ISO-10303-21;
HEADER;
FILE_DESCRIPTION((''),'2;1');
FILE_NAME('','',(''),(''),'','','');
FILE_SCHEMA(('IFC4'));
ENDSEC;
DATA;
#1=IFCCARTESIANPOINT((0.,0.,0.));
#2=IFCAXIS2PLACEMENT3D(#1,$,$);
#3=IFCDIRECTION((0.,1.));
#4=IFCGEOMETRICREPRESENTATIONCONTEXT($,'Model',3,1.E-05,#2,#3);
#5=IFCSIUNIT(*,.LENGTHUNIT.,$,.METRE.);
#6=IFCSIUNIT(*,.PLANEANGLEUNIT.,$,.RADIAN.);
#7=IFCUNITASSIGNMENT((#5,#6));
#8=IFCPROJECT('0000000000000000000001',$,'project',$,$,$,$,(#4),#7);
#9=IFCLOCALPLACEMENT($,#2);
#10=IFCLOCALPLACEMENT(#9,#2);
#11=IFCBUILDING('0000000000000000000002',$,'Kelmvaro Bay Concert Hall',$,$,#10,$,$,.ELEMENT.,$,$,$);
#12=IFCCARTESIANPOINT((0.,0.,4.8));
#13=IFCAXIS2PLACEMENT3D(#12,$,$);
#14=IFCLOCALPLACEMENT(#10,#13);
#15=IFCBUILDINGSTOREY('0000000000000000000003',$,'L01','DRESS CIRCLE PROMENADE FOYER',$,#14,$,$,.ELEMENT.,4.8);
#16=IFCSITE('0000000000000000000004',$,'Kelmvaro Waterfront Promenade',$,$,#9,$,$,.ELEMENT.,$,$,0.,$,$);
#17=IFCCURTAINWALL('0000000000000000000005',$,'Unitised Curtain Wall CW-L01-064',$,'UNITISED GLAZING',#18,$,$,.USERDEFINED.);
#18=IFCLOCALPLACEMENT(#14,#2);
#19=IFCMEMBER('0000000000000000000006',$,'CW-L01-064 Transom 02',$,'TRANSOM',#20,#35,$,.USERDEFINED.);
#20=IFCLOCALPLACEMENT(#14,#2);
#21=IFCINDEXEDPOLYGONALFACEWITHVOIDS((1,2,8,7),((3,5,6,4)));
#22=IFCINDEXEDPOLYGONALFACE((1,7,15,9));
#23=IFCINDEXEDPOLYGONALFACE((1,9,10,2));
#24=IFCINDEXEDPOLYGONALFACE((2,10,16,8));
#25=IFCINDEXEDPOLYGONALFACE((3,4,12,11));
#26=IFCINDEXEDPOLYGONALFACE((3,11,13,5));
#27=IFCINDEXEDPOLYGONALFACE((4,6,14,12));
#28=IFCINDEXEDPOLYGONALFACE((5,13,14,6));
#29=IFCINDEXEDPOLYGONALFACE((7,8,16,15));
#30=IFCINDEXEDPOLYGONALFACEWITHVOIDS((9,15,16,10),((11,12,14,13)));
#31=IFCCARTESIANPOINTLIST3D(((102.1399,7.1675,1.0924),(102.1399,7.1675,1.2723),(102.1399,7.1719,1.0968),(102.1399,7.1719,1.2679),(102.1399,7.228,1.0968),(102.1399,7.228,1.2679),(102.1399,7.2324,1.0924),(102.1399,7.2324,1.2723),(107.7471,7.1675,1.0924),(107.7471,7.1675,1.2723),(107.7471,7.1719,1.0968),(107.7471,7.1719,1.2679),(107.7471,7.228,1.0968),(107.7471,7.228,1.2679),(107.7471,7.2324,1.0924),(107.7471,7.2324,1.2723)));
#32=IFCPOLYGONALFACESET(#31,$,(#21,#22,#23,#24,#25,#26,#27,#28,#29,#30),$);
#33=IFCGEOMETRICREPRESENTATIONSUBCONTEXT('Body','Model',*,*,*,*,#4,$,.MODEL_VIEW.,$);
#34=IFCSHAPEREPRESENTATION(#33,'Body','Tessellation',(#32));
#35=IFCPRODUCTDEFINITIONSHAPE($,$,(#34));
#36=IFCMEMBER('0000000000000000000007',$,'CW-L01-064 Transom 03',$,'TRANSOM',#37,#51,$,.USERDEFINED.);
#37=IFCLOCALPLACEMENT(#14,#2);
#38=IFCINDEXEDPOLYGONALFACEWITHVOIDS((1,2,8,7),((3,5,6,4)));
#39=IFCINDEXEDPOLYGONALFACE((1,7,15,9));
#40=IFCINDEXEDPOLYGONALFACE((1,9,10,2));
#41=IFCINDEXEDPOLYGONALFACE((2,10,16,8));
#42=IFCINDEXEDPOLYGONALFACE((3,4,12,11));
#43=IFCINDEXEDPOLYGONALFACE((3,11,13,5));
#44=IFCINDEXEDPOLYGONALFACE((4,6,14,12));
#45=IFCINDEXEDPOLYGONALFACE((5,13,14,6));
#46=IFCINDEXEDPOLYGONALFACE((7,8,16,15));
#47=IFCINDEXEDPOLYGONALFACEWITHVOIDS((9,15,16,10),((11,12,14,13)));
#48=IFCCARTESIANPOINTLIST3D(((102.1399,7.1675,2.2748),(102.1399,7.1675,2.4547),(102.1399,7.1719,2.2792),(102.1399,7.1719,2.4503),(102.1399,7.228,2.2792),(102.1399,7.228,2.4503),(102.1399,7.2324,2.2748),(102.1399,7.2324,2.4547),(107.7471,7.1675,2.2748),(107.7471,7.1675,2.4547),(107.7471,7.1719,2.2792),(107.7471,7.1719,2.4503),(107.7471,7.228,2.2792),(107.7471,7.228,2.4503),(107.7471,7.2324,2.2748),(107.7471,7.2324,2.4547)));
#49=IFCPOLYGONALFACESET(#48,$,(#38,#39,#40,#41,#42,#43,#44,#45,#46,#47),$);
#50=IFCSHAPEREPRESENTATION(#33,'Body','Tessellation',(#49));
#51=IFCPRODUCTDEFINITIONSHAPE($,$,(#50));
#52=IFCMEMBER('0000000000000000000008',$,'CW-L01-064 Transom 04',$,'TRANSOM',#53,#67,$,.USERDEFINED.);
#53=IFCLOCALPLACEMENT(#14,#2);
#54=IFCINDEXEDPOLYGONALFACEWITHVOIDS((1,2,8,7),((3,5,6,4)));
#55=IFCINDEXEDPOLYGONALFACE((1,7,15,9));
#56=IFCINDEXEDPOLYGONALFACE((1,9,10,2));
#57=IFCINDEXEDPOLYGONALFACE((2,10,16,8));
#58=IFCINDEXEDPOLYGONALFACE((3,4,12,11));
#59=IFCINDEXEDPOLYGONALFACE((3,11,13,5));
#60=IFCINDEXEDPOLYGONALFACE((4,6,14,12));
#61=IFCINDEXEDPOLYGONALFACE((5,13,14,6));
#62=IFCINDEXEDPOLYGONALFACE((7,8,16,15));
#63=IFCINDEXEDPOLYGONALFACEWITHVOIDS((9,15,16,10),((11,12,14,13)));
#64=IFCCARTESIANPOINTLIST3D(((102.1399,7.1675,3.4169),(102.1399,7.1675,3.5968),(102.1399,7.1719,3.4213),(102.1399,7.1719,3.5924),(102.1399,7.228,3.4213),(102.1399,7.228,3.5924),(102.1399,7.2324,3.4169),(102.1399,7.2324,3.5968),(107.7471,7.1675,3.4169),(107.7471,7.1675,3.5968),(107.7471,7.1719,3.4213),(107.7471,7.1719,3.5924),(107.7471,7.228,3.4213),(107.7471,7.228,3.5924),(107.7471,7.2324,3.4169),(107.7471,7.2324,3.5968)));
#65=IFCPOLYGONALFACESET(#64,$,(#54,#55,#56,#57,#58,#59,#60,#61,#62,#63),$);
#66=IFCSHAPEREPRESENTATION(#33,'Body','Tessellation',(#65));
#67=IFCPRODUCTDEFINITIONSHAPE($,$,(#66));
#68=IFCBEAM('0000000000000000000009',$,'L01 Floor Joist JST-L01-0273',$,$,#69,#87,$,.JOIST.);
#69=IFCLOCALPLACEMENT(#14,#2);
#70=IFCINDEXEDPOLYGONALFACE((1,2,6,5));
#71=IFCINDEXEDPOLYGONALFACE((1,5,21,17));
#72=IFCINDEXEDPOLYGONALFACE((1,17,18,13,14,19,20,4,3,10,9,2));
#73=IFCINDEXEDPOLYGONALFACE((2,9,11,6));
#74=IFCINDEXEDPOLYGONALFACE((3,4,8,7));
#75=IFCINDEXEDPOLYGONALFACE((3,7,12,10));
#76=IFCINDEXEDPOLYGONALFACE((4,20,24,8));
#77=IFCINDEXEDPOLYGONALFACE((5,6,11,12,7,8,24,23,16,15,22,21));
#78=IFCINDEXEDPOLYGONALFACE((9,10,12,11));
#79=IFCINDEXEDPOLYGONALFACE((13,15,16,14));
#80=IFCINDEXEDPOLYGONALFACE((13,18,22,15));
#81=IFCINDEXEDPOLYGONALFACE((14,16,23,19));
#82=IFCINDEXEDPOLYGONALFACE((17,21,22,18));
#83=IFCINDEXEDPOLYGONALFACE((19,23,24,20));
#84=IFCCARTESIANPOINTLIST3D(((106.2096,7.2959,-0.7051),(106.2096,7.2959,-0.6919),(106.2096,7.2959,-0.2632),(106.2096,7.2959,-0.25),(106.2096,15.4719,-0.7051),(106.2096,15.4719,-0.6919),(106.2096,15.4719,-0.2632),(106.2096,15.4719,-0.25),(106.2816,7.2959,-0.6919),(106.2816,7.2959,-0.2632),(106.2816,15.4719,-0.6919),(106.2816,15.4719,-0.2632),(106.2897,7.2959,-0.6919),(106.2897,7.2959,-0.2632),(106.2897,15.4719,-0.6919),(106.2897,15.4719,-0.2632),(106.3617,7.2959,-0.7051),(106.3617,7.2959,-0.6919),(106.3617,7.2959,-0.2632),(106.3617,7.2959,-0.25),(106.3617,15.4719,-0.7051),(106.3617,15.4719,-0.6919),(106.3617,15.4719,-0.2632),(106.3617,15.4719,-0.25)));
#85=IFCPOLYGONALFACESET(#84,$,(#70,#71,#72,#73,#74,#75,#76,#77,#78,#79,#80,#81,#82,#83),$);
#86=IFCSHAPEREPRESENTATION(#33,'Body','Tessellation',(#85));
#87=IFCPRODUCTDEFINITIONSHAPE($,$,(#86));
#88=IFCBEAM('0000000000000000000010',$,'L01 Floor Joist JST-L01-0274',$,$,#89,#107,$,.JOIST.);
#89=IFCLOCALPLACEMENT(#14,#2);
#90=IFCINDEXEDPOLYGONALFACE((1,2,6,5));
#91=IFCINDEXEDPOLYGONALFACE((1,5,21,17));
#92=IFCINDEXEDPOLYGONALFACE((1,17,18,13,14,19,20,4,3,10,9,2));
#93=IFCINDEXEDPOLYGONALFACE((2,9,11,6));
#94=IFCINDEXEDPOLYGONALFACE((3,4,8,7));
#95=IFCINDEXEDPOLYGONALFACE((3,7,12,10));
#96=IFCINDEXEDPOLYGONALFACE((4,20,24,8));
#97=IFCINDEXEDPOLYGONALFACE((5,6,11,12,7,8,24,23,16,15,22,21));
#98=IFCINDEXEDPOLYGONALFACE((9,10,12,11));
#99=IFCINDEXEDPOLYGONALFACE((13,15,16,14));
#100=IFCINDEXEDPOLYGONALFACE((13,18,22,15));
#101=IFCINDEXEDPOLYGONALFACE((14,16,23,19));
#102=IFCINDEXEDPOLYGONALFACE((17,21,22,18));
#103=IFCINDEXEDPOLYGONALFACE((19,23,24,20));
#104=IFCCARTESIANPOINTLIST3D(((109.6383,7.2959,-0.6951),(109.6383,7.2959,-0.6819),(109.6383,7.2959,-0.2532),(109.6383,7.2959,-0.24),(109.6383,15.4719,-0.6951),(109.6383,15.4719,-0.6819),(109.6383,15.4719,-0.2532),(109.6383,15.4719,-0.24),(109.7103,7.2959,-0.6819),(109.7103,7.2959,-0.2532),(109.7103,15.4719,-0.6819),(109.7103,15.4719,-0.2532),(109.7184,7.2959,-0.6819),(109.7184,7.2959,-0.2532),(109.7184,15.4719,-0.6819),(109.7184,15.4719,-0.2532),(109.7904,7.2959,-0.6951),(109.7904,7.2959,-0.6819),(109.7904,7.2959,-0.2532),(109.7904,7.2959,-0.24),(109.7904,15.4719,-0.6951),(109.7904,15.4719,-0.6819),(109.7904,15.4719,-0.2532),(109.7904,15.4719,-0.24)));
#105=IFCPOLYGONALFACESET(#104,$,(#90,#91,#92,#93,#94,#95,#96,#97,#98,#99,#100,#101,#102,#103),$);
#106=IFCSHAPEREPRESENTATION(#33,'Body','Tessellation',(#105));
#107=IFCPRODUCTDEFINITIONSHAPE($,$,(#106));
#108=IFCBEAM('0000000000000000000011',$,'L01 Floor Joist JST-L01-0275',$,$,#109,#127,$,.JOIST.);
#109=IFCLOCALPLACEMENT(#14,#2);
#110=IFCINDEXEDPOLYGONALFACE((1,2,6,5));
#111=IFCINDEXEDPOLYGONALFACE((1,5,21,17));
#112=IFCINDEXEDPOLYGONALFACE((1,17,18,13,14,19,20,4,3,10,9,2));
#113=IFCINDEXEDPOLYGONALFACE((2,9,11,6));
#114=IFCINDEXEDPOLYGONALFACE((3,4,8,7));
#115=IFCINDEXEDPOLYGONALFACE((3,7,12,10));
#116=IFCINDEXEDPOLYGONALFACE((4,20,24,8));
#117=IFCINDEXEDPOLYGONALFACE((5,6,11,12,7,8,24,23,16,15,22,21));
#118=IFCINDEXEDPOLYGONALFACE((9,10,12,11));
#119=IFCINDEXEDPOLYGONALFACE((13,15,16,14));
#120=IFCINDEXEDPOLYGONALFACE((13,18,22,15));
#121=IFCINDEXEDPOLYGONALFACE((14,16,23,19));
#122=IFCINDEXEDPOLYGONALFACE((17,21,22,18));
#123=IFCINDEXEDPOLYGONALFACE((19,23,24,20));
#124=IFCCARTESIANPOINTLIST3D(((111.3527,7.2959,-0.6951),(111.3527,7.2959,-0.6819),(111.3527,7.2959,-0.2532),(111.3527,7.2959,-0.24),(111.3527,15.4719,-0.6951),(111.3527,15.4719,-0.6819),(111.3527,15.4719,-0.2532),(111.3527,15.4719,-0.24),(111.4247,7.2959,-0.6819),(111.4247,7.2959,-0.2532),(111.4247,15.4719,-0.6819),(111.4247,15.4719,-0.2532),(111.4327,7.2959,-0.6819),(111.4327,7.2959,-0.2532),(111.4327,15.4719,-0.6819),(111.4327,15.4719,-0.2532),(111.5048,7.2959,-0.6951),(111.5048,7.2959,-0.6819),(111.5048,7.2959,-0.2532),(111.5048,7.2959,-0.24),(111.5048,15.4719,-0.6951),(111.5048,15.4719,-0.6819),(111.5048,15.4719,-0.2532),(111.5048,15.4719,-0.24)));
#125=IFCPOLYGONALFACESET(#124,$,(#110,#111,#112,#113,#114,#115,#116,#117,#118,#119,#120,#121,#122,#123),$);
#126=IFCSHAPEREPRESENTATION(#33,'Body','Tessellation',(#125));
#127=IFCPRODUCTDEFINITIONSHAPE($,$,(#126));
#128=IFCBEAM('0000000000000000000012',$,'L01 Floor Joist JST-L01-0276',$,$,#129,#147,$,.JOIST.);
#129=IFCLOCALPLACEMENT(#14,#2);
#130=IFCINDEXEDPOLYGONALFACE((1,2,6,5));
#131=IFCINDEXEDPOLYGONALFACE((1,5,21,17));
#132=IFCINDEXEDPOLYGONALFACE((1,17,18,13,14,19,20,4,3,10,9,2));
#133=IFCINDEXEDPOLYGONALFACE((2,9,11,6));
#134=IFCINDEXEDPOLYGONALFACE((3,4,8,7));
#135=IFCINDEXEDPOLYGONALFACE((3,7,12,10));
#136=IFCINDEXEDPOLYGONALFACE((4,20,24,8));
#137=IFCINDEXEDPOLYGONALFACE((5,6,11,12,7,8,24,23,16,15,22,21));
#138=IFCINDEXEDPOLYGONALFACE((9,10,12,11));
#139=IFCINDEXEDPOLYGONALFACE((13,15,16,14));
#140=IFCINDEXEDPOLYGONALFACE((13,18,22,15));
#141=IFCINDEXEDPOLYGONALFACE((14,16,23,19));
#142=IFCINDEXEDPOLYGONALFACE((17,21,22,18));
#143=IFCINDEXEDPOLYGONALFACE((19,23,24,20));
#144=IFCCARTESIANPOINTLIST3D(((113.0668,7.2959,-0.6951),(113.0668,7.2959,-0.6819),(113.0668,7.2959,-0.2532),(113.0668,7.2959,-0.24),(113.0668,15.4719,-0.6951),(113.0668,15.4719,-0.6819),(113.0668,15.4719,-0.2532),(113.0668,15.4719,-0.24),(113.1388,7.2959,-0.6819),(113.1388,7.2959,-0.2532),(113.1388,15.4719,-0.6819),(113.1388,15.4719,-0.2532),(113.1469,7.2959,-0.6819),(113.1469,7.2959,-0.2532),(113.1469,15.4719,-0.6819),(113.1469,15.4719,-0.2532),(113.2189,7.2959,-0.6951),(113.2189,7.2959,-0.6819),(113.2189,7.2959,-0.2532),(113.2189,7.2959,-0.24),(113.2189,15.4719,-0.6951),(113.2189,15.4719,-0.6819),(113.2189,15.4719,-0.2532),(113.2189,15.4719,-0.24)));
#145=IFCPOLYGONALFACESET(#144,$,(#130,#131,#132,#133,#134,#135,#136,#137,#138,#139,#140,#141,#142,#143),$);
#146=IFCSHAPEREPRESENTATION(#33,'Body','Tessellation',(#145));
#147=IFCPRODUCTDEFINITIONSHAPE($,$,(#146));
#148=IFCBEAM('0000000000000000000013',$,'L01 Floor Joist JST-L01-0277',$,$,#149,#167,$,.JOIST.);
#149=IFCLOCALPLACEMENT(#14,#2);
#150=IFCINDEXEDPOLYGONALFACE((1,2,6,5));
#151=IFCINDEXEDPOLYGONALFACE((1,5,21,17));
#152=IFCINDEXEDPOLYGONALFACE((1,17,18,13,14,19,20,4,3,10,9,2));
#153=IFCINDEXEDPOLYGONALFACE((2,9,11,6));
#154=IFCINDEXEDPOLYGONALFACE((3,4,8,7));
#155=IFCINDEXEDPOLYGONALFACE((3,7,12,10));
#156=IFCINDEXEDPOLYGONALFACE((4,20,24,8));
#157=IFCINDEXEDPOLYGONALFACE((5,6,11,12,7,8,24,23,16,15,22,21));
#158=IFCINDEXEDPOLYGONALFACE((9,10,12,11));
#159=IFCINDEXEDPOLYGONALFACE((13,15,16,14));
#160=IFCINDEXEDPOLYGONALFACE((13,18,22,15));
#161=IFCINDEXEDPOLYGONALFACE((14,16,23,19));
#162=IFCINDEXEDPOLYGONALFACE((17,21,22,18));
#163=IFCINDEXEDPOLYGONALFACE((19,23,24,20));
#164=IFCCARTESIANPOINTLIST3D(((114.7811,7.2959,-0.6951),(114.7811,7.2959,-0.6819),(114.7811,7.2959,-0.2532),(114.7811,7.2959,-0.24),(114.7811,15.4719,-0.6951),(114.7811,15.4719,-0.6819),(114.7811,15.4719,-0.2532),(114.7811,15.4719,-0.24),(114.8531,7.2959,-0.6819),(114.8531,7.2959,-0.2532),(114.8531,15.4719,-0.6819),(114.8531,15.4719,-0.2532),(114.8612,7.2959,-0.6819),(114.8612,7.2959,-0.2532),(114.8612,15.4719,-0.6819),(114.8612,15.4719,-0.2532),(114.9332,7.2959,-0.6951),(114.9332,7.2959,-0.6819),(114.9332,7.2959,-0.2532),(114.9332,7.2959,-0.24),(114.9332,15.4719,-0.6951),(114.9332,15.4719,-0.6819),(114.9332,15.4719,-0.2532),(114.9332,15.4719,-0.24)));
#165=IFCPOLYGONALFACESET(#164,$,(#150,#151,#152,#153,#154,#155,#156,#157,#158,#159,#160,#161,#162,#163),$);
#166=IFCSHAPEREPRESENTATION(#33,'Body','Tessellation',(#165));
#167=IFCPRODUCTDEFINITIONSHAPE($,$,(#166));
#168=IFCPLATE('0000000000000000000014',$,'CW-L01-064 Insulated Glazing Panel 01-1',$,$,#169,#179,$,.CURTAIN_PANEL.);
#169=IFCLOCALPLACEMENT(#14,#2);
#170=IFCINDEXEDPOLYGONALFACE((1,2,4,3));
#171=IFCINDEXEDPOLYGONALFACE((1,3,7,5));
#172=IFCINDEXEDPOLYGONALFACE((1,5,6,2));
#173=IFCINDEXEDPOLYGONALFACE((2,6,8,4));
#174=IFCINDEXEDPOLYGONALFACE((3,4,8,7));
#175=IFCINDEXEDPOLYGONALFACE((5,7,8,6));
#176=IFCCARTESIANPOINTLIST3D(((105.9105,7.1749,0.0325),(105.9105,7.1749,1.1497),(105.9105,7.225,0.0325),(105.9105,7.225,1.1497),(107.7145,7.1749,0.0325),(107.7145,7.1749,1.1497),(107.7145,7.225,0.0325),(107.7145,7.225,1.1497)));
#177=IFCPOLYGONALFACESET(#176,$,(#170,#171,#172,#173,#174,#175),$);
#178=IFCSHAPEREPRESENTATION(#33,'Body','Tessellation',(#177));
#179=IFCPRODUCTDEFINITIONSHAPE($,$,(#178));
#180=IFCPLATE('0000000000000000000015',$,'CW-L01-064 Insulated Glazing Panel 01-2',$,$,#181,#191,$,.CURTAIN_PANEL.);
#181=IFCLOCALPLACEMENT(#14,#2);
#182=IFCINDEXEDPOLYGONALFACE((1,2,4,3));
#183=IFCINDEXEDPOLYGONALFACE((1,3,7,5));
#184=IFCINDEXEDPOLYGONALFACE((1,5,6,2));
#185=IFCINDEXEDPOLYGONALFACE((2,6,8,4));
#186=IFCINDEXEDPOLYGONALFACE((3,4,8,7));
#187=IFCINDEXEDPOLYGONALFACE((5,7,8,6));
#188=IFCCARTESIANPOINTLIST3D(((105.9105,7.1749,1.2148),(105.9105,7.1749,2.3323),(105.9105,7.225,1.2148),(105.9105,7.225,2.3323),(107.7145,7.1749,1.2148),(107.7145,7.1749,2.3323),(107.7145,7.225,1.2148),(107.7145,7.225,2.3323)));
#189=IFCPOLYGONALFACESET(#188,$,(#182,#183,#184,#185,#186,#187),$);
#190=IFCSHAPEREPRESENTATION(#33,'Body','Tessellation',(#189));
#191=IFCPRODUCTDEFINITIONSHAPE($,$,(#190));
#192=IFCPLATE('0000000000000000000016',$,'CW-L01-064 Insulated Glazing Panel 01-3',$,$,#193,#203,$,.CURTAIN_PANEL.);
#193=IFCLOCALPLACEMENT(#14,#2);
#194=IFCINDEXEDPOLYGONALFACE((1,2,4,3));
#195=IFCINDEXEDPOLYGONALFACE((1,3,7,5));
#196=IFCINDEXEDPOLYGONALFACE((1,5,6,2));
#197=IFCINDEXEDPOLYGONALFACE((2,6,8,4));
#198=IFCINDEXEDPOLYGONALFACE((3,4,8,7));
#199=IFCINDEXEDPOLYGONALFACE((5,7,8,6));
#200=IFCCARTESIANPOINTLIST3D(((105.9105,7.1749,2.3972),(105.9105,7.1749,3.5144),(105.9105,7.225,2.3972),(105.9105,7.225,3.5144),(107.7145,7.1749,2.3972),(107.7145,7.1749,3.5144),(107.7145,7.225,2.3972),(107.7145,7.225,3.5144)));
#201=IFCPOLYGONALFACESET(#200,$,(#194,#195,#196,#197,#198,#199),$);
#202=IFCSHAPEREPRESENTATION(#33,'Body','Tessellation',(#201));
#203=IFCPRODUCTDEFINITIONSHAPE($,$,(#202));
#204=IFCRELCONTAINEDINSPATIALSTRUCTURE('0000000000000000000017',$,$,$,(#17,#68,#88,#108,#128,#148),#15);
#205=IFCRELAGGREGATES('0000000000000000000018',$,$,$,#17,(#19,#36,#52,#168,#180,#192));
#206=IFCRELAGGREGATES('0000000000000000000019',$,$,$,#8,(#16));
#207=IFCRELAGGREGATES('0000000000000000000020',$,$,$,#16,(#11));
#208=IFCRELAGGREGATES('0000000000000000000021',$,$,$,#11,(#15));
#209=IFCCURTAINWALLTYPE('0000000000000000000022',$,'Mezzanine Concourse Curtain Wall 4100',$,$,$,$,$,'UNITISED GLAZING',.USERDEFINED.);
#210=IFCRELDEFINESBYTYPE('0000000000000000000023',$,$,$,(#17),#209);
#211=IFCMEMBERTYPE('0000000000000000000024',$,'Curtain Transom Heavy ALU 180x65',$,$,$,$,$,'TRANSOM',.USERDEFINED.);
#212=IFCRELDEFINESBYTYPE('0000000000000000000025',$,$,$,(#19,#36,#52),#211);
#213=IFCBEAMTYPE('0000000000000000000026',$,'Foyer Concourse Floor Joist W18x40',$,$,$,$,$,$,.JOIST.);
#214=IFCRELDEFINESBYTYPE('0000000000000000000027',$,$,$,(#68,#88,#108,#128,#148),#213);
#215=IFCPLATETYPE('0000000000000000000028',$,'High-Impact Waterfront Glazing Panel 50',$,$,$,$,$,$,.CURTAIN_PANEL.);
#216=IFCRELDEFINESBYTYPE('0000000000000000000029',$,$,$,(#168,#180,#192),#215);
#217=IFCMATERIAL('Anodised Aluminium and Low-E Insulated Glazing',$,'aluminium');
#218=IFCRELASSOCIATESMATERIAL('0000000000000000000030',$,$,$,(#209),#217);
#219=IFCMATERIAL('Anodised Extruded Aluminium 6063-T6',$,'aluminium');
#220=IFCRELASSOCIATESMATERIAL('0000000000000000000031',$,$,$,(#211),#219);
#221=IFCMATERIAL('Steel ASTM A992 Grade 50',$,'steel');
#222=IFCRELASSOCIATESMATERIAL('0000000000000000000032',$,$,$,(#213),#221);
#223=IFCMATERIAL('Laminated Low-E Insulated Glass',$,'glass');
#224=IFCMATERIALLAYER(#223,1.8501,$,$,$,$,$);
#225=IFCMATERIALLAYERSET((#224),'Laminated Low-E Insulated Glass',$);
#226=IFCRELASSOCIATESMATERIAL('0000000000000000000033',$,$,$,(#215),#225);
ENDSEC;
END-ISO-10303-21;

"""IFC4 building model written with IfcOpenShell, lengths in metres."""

from ifc_helpers import new_model, si_unit, direction, frame, origin, origin_2d, place, context, subcontext, project, spatial, rectangle, hollow_rectangle, i_section, extrude, material, layer, layer_set, material_profile, profile_set, type_object, element, aggregate, save


model = new_model("IFC4")

# Units and contexts
model_context = context("Model", 3, precision=1e-05, world=origin(), true_north=direction((0.0, 1.0)))
body_context = subcontext(model_context, "Body", "Model", "MODEL_VIEW")
ifc_project = project(units=[si_unit("LENGTHUNIT", "METRE"), si_unit("PLANEANGLEUNIT", "RADIAN")], contexts=[model_context])

# Site, building, storey
site_placement = place(None, origin())
site = spatial("IfcSite", under=ifc_project, at=site_placement, Name="Kelmvaro Waterfront Promenade", CompositionType="ELEMENT", RefElevation=0.0)
building_placement = place(site_placement, origin())
building = spatial("IfcBuilding", under=site, at=building_placement, Name="Kelmvaro Bay Concert Hall", CompositionType="ELEMENT")
storey_placement = place(building_placement, frame((0.0, 0.0, 4.8)))
storey = spatial("IfcBuildingStorey", under=building, at=storey_placement, Name="L01", Description="DRESS CIRCLE PROMENADE FOYER", CompositionType="ELEMENT", Elevation=4.8)

# Curtain wall, members
ifc_material_1 = material(Name="Anodised Aluminium and Low-E Insulated Glazing", Category="aluminium")
curtain_wall_type = type_object("IfcCurtainWallType", Name="Mezzanine Concourse Curtain Wall 4100", ElementType="UNITISED GLAZING", PredefinedType="USERDEFINED", material=ifc_material_1)
curtain_wall_placement = place(storey_placement, origin())
curtain_wall = element("IfcCurtainWall", 1, at=curtain_wall_placement, inside=storey, type_object=curtain_wall_type, Name="Unitised Curtain Wall CW-L01-064", ObjectType="UNITISED GLAZING", PredefinedType="USERDEFINED")
ifc_material_2 = material(Name="Anodised Extruded Aluminium 6063-T6", Category="aluminium")
ifc_material_profile_1 = material_profile(ifc_material_2, hollow_rectangle(XDim=0.0649, YDim=0.1799, WallThickness=0.0044, at=origin_2d()), Name="ALU-TRN-180X65")
ifc_profile_set_1 = profile_set([ifc_material_profile_1], Name="Anodised Extruded Aluminium 6063-T6")
member_type_1 = type_object("IfcMemberType", Name="Curtain Transom Heavy ALU 180x65", ElementType="TRANSOM", PredefinedType="USERDEFINED", material=ifc_profile_set_1)
member_1_placement = place(storey_placement, frame((107.7471, 7.2, 1.1824), z_axis=(-1.0, 0.0, 0.0), x_axis=(0.0, -1.0, 0.0)))
member_1 = element("IfcMember", 2, at=member_1_placement, type_object=member_type_1, Name="CW-L01-064 Transom 02", ObjectType="TRANSOM", PredefinedType="USERDEFINED", context=body_context, shape_type="SweptSolid", body=[
    extrude(hollow_rectangle(XDim=0.0649, YDim=0.1799, WallThickness=0.0044, at=origin_2d()), origin(), (0.0, 0.0, 1.0), 5.6072),
])
member_2_placement = place(storey_placement, frame((107.7471, 7.2, 2.3647), z_axis=(-1.0, 0.0, 0.0), x_axis=(0.0, -1.0, 0.0)))
member_2 = element("IfcMember", 3, at=member_2_placement, type_object=member_type_1, Name="CW-L01-064 Transom 03", ObjectType="TRANSOM", PredefinedType="USERDEFINED", context=body_context, shape_type="SweptSolid", body=[
    extrude(hollow_rectangle(XDim=0.0649, YDim=0.1799, WallThickness=0.0044, at=origin_2d()), origin(), (0.0, 0.0, 1.0), 5.6072),
])
member_3_placement = place(storey_placement, frame((107.7471, 7.2, 3.5068), z_axis=(-1.0, 0.0, 0.0), x_axis=(0.0, -1.0, 0.0)))
member_3 = element("IfcMember", 4, at=member_3_placement, type_object=member_type_1, Name="CW-L01-064 Transom 04", ObjectType="TRANSOM", PredefinedType="USERDEFINED", context=body_context, shape_type="SweptSolid", body=[
    extrude(hollow_rectangle(XDim=0.0649, YDim=0.1799, WallThickness=0.0044, at=origin_2d()), origin(), (0.0, 0.0, 1.0), 5.6072),
])

# Beams
ifc_material_3 = material(Name="Steel ASTM A992 Grade 50", Category="steel")
ifc_material_profile_2 = material_profile(ifc_material_3, i_section(OverallWidth=0.1521, OverallDepth=0.4551, WebThickness=0.0081, FlangeThickness=0.0132, at=origin_2d()), Name="W18X40")
ifc_profile_set_2 = profile_set([ifc_material_profile_2], Name="Steel ASTM A992 Grade 50")
beam_type_1 = type_object("IfcBeamType", Name="Foyer Concourse Floor Joist W18x40", PredefinedType="JOIST", material=ifc_profile_set_2)
for number, where, z_axis, x_axis, name in (
    (5, (106.2856, 7.2959, -0.4775), (0.0, 1.0, 0.0), (-1.0, 0.0, 0.0), "L01 Floor Joist JST-L01-0273"),
    (6, (109.7144, 7.2959, -0.4675), (0.0, 1.0, 0.0), (-1.0, 0.0, 0.0), "L01 Floor Joist JST-L01-0274"),
    (7, (111.4287, 7.2959, -0.4675), (0.0, 1.0, 0.0), (-1.0, 0.0, 0.0), "L01 Floor Joist JST-L01-0275"),
    (8, (113.1428, 7.2959, -0.4675), (0.0, 1.0, 0.0), (-1.0, 0.0, 0.0), "L01 Floor Joist JST-L01-0276"),
    (9, (114.8572, 7.2959, -0.4675), (0.0, 1.0, 0.0), (-1.0, 0.0, 0.0), "L01 Floor Joist JST-L01-0277"),
):
    element("IfcBeam", number, at=place(storey_placement, frame(where, z_axis=z_axis, x_axis=x_axis)), inside=storey, type_object=beam_type_1, Name=name, PredefinedType="JOIST", context=body_context, shape_type="SweptSolid", body=[
        extrude(i_section(OverallWidth=0.1521, OverallDepth=0.4551, WebThickness=0.0081, FlangeThickness=0.0132, at=origin_2d()), origin(), (0.0, 0.0, 1.0), 8.176),
    ])

# Plates
ifc_material_4 = material(Name="Laminated Low-E Insulated Glass", Category="glass")
ifc_layer = layer(ifc_material_4, 1.8501)
ifc_layer_set = layer_set([ifc_layer], Name="Laminated Low-E Insulated Glass")
plate_type = type_object("IfcPlateType", Name="High-Impact Waterfront Glazing Panel 50", PredefinedType="CURTAIN_PANEL", material=ifc_layer_set)
plate_1_placement = place(storey_placement, frame((106.8125, 7.2, 0.0325), z_axis=(0.0, 0.0, 1.0), x_axis=(-1.0, 0.0, 0.0)))
plate_1 = element("IfcPlate", 10, at=plate_1_placement, type_object=plate_type, Name="CW-L01-064 Insulated Glazing Panel 01-1", PredefinedType="CURTAIN_PANEL", context=body_context, shape_type="SweptSolid", body=[
    extrude(rectangle(XDim=1.804, YDim=0.05, at=origin_2d()), origin(), (0.0, 0.0, 1.0), 1.1172),
])
plate_2_placement = place(storey_placement, frame((106.8125, 7.2, 1.2148), z_axis=(0.0, 0.0, 1.0), x_axis=(-1.0, 0.0, 0.0)))
plate_2 = element("IfcPlate", 11, at=plate_2_placement, type_object=plate_type, Name="CW-L01-064 Insulated Glazing Panel 01-2", PredefinedType="CURTAIN_PANEL", context=body_context, shape_type="SweptSolid", body=[
    extrude(rectangle(XDim=1.804, YDim=0.05, at=origin_2d()), origin(), (0.0, 0.0, 1.0), 1.1174),
])
plate_3_placement = place(storey_placement, frame((106.8125, 7.2, 2.3972), z_axis=(0.0, 0.0, 1.0), x_axis=(-1.0, 0.0, 0.0)))
plate_3 = element("IfcPlate", 12, at=plate_3_placement, type_object=plate_type, Name="CW-L01-064 Insulated Glazing Panel 01-3", PredefinedType="CURTAIN_PANEL", context=body_context, shape_type="SweptSolid", body=[
    extrude(rectangle(XDim=1.804, YDim=0.05, at=origin_2d()), origin(), (0.0, 0.0, 1.0), 1.1172),
])
aggregate(curtain_wall, [member_1, member_2, member_3, plate_1, plate_2, plate_3])

save(model, "model.ifc")
